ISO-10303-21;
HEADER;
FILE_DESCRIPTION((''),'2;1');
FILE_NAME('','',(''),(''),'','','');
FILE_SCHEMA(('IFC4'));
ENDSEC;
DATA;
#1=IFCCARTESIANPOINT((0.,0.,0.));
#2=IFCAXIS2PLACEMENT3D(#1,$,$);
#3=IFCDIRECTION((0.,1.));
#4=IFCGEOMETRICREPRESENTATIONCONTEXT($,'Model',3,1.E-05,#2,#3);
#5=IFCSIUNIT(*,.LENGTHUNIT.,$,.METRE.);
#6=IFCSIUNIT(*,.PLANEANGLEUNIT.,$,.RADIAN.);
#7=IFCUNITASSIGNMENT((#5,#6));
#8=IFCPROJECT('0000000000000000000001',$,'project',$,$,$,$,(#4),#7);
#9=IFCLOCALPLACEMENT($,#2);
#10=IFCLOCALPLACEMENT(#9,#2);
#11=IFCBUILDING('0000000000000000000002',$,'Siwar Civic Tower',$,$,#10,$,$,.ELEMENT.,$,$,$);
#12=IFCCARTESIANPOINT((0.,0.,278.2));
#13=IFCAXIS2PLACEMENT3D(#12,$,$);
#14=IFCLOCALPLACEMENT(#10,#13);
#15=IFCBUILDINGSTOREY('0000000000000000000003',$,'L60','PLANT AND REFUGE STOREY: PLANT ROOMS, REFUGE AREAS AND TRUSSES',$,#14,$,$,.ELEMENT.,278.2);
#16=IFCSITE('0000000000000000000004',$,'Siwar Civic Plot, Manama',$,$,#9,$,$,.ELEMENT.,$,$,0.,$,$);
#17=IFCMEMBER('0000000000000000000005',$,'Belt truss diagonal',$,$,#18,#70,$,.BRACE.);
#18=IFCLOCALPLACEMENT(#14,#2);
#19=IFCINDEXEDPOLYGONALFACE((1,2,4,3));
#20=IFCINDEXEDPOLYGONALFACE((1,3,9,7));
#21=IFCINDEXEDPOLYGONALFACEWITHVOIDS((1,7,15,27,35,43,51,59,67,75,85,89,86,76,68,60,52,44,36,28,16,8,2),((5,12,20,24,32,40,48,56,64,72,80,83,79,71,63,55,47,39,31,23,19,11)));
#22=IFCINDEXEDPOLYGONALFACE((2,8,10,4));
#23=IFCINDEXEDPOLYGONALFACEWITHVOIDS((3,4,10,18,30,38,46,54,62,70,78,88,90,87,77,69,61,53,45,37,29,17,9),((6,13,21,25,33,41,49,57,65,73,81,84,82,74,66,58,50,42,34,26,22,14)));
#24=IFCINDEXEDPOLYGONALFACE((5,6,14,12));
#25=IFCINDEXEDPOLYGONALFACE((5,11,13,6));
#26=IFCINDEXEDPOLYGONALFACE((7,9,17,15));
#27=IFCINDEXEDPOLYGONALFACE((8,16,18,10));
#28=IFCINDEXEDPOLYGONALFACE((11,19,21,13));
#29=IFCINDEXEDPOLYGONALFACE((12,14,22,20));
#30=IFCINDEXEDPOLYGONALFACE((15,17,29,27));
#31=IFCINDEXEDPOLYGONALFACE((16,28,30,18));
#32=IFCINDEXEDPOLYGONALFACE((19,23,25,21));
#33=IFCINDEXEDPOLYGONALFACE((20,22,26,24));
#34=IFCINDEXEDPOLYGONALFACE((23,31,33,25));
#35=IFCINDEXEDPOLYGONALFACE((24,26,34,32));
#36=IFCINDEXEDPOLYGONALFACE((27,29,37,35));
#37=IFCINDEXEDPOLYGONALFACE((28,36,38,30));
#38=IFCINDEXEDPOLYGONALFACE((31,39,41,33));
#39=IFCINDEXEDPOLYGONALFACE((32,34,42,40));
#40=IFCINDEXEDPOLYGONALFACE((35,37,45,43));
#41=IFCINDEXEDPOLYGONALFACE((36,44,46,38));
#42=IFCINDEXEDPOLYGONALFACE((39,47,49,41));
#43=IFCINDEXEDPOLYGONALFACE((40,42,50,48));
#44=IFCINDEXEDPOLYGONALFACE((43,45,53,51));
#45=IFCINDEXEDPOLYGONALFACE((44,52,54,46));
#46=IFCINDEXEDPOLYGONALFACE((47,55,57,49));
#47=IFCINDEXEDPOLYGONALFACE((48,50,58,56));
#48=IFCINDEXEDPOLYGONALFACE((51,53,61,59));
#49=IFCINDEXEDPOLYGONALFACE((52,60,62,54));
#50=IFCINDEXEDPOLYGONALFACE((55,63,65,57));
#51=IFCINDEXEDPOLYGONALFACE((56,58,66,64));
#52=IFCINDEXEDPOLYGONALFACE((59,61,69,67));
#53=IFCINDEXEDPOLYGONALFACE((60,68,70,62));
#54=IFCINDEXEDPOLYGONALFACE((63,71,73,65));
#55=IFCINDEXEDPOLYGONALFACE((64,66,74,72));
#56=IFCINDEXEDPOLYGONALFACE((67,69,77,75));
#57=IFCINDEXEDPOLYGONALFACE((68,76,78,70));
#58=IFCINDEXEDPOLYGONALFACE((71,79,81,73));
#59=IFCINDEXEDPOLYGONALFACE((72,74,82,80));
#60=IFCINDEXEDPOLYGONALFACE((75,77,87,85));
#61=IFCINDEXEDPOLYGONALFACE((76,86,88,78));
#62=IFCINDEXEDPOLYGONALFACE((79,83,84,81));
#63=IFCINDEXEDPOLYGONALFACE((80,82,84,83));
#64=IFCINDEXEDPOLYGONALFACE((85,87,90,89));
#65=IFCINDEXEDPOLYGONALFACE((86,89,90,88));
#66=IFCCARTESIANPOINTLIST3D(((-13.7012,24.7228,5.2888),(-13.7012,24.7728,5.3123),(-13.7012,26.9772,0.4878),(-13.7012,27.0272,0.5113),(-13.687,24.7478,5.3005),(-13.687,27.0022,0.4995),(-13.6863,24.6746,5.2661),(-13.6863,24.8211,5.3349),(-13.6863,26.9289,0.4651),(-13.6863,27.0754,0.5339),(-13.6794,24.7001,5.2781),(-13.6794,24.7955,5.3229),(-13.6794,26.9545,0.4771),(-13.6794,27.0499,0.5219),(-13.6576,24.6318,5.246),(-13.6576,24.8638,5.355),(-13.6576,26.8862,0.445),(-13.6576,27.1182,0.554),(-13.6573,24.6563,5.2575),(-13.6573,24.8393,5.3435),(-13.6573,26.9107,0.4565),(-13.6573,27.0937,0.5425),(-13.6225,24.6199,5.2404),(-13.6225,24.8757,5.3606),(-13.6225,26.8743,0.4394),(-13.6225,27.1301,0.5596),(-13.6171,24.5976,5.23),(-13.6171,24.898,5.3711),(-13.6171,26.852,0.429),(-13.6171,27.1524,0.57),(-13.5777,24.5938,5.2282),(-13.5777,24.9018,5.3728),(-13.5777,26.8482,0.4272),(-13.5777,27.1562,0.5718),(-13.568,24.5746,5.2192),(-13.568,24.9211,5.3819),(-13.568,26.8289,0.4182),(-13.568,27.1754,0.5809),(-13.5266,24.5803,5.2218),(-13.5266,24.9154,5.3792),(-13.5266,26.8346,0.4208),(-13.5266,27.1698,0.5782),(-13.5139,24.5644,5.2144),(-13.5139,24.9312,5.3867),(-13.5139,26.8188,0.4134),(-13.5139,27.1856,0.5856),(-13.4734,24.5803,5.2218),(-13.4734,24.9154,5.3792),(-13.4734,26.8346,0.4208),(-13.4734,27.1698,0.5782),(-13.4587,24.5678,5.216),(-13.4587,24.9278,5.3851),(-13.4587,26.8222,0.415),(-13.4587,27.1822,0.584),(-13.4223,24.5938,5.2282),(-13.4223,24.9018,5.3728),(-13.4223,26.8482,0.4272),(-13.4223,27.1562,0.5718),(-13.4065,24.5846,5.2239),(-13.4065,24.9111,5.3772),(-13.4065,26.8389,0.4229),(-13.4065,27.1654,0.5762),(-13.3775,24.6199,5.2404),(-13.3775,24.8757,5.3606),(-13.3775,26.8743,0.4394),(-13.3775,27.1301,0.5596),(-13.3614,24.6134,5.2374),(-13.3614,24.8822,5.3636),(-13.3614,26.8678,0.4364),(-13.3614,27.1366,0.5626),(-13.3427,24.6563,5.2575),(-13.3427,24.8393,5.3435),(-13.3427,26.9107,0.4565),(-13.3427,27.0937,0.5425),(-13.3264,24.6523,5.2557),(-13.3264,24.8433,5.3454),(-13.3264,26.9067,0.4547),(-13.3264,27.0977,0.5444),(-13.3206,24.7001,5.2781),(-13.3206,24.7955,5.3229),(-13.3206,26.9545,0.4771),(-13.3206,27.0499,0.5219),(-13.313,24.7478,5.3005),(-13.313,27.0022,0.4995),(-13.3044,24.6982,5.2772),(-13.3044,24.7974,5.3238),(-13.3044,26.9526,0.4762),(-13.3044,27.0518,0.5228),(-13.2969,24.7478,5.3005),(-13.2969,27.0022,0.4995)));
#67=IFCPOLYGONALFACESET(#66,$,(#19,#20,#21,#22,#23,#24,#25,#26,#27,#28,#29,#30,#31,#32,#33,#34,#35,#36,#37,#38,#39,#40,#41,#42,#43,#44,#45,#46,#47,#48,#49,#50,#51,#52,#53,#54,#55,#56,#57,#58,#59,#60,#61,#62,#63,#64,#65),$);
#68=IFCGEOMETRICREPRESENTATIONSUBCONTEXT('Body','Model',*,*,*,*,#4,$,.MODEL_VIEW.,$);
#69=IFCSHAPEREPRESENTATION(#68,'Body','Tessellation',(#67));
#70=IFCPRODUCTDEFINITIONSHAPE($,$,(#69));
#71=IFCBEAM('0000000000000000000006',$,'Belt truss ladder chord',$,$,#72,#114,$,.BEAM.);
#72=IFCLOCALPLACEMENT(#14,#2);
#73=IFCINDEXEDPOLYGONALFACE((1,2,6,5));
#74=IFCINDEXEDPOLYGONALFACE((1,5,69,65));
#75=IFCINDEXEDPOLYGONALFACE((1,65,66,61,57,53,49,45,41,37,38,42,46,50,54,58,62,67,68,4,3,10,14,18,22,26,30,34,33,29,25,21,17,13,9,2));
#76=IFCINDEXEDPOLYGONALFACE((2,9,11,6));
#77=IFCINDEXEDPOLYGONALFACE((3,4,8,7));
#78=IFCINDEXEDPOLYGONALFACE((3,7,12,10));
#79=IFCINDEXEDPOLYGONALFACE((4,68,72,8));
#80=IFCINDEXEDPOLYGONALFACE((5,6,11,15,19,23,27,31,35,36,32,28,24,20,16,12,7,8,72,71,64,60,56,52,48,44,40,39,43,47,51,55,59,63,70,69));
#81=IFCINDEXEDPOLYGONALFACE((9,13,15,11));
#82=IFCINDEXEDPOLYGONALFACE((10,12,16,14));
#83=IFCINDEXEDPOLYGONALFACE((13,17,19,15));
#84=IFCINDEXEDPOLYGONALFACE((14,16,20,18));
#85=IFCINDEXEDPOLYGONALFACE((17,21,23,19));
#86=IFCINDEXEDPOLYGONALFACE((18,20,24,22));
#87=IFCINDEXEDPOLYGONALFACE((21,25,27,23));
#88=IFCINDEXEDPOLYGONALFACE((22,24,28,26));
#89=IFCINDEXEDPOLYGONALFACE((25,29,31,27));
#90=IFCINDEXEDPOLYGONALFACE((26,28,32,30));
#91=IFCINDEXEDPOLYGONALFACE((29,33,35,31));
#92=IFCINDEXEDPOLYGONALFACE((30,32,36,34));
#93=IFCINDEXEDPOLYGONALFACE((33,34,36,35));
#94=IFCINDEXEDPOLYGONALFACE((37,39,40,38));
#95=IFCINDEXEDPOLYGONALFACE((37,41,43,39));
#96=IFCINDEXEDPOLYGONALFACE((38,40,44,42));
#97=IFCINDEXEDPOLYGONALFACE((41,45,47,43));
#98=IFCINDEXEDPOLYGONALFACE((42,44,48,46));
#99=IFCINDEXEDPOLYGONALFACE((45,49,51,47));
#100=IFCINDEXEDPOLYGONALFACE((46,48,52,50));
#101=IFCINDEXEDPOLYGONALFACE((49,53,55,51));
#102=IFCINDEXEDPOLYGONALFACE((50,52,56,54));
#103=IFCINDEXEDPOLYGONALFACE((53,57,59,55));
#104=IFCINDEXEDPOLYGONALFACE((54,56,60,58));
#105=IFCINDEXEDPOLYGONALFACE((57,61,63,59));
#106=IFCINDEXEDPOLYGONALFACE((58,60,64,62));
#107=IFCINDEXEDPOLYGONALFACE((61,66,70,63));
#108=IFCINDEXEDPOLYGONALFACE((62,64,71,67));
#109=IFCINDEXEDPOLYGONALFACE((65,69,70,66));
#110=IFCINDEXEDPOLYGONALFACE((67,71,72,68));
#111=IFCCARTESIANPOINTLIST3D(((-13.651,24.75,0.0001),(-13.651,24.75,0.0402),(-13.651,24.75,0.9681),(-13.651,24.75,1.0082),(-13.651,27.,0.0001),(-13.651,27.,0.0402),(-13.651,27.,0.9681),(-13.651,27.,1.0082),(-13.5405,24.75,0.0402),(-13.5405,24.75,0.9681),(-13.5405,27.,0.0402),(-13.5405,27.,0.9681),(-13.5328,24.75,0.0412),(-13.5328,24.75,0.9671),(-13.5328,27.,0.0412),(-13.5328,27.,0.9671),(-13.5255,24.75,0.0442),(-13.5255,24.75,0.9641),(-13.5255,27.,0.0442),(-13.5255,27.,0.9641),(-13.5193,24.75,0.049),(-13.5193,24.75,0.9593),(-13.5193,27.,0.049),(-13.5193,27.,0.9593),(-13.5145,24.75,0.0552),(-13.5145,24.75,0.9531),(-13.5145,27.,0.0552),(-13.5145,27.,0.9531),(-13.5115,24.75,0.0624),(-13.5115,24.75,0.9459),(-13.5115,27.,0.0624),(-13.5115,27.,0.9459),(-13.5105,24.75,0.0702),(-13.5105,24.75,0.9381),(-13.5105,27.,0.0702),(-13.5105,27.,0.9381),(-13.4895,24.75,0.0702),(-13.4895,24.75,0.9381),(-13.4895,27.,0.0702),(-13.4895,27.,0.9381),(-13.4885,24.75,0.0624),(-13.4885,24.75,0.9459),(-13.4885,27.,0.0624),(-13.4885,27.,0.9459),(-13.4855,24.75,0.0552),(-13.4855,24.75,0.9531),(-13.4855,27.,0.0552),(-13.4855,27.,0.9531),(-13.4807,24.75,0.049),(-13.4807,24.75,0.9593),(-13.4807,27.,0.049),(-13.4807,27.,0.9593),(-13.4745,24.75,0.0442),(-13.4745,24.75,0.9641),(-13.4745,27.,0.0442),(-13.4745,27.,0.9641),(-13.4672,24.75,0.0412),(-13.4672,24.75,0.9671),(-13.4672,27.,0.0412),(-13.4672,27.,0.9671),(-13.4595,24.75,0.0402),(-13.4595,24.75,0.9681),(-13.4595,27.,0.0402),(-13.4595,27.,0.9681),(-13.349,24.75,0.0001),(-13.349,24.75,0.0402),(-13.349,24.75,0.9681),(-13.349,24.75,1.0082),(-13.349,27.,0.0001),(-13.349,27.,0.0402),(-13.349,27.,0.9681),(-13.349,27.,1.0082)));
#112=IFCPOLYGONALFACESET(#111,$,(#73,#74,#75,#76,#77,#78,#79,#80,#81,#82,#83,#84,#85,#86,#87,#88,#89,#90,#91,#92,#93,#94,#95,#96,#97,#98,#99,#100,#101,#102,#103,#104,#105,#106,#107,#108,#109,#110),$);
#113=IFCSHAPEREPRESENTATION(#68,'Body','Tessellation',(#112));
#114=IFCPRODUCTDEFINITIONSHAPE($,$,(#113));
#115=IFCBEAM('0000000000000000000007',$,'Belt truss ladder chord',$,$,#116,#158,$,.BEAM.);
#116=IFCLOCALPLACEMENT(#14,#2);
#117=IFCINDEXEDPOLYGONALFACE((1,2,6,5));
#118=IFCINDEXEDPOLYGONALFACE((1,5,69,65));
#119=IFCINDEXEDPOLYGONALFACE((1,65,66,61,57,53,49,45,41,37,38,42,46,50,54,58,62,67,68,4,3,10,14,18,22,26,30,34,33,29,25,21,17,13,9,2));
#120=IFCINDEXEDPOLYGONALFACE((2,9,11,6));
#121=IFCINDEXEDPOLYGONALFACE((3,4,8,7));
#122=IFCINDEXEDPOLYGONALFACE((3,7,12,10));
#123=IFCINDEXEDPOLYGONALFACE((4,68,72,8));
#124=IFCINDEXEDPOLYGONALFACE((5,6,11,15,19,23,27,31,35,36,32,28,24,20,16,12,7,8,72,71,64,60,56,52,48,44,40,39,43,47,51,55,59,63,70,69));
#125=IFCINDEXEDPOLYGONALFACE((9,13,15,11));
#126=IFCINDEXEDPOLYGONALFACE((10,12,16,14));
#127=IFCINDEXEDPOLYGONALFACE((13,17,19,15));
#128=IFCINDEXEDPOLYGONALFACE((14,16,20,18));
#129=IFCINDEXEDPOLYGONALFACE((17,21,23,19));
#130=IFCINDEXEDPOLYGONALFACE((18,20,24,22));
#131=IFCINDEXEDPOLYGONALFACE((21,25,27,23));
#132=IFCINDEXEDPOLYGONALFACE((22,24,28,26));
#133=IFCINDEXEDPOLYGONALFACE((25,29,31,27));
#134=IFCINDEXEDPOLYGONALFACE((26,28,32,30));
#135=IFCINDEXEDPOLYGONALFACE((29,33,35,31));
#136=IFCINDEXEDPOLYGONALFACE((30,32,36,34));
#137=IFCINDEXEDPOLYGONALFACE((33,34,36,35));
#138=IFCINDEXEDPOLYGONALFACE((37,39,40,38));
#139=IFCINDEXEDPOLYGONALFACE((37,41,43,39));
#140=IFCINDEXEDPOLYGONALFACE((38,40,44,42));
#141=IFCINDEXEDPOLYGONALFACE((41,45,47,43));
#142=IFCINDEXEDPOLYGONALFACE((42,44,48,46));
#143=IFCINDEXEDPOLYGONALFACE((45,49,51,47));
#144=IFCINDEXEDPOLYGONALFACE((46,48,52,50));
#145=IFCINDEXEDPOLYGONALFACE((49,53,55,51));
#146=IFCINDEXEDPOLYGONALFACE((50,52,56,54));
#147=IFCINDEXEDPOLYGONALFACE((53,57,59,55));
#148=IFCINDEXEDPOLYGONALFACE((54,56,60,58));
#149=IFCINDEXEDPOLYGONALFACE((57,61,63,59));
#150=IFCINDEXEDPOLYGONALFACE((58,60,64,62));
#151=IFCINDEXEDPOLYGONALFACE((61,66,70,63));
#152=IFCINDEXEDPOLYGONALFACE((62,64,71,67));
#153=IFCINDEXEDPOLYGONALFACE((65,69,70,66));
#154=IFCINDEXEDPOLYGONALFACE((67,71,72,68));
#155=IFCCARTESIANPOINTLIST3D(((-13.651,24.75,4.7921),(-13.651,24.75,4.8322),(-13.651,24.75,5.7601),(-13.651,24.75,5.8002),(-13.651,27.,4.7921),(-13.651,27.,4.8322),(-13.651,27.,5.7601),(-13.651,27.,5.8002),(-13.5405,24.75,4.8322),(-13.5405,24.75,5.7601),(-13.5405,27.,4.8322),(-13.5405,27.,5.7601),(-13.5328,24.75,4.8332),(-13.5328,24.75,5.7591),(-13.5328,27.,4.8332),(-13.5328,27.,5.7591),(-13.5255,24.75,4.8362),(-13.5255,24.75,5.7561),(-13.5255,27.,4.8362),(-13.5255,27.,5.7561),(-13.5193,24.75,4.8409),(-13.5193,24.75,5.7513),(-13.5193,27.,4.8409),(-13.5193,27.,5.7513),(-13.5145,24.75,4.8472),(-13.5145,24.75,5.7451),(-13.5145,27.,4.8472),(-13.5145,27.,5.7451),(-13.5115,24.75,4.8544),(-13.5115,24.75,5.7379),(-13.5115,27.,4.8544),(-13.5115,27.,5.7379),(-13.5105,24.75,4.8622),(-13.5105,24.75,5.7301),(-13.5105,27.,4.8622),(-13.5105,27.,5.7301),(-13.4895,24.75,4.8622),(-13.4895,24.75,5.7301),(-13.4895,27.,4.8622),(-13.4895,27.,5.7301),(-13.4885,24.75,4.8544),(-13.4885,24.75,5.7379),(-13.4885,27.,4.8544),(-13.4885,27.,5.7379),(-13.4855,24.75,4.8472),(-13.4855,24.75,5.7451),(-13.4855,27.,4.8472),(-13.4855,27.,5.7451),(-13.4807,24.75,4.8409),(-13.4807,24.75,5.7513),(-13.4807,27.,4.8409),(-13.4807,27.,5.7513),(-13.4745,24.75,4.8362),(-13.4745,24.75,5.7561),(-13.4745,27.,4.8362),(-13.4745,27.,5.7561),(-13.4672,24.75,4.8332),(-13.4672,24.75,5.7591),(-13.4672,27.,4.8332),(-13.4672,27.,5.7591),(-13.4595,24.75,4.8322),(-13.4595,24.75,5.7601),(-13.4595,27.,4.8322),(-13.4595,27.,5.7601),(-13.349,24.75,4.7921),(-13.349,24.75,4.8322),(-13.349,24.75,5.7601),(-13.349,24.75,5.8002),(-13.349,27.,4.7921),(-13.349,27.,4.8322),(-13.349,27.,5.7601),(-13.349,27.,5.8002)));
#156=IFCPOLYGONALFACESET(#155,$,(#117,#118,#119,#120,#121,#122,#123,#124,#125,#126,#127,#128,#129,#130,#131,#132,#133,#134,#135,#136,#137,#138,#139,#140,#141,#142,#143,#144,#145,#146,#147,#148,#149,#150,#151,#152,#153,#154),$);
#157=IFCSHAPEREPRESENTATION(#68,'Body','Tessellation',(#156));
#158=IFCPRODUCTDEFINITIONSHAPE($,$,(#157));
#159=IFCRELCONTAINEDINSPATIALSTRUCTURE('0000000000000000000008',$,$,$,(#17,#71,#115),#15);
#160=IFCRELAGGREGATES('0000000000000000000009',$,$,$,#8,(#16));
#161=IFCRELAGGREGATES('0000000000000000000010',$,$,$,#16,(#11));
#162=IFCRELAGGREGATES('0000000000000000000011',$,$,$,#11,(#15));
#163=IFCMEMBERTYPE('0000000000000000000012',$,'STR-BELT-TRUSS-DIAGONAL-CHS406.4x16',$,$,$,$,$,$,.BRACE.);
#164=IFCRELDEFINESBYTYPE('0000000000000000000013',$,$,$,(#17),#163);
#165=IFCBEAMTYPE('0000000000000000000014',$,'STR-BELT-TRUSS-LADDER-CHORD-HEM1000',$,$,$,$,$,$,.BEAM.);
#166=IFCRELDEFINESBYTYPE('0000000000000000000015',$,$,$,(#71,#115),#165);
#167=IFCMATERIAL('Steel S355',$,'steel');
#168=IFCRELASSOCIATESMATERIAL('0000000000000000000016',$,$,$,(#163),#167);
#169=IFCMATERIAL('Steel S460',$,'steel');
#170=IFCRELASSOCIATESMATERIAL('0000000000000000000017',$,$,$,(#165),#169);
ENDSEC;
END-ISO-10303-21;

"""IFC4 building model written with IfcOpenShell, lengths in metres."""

from ifc_helpers import new_model, si_unit, direction, frame, origin, origin_2d, place, context, subcontext, project, spatial, hollow_circle, i_section, extrude, material, material_profile, profile_set, type_object, element, save


model = new_model("IFC4")

# Units and contexts
model_context = context("Model", 3, precision=1e-05, world=origin(), true_north=direction((0.0, 1.0)))
body_context = subcontext(model_context, "Body", "Model", "MODEL_VIEW")
ifc_project = project(units=[si_unit("LENGTHUNIT", "METRE"), si_unit("PLANEANGLEUNIT", "RADIAN")], contexts=[model_context])

# Site, building, storey
site_placement = place(None, origin())
site = spatial("IfcSite", under=ifc_project, at=site_placement, Name="Siwar Civic Plot, Manama", CompositionType="ELEMENT", RefElevation=0.0)
building_placement = place(site_placement, origin())
building = spatial("IfcBuilding", under=site, at=building_placement, Name="Siwar Civic Tower", CompositionType="ELEMENT")
storey_placement = place(building_placement, frame((0.0, 0.0, 278.2)))
storey = spatial("IfcBuildingStorey", under=building, at=storey_placement, Name="L60", Description="PLANT AND REFUGE STOREY: PLANT ROOMS, REFUGE AREAS AND TRUSSES", CompositionType="ELEMENT", Elevation=278.2)

# Member
ifc_material_1 = material(Name="Steel S355", Category="steel")
ifc_material_profile_1 = material_profile(ifc_material_1, hollow_circle(Radius=0.2031, WallThickness=0.0161, at=origin_2d()), Name="CHS406.4x16")
ifc_profile_set_1 = profile_set([ifc_material_profile_1], Name="Steel S355")
member_type_1 = type_object("IfcMemberType", Name="STR-BELT-TRUSS-DIAGONAL-CHS406.4x16", PredefinedType="BRACE", material=ifc_profile_set_1)
member_1_placement = place(storey_placement, frame((-13.5, 27.0022, 0.4995), z_axis=(0.0, -0.425039, 0.905175), x_axis=(1.0, 0.0, 0.0)))
element("IfcMember", 1, at=member_1_placement, inside=storey, type_object=member_type_1, Name="Belt truss diagonal", PredefinedType="BRACE", context=body_context, shape_type="SweptSolid", body=[
    extrude(hollow_circle(Radius=0.2031, WallThickness=0.0161, at=origin_2d()), origin(), (0.0, 0.0, 1.0), 5.304),
])

# Beams
ifc_material_2 = material(Name="Steel S460", Category="steel")
ifc_material_profile_2 = material_profile(ifc_material_2, i_section(OverallWidth=0.302, OverallDepth=1.0081, WebThickness=0.021, FlangeThickness=0.04, FilletRadius=0.03, at=origin_2d()), Name="HEM1000")
ifc_profile_set_2 = profile_set([ifc_material_profile_2], Name="Steel S460")
beam_type_1 = type_object("IfcBeamType", Name="STR-BELT-TRUSS-LADDER-CHORD-HEM1000", PredefinedType="BEAM", material=ifc_profile_set_2)
for number, where, z_axis, x_axis, name in (
    (2, (-13.5, 24.75, 0.5042), (0.0, 1.0, 0.0), (-1.0, 0.0, 0.0), "Belt truss ladder chord"),
    (3, (-13.5, 24.75, 5.2961), (0.0, 1.0, 0.0), (-1.0, 0.0, 0.0), "Belt truss ladder chord"),
):
    element("IfcBeam", number, at=place(storey_placement, frame(where, z_axis=z_axis, x_axis=x_axis)), inside=storey, type_object=beam_type_1, Name=name, PredefinedType="BEAM", context=body_context, shape_type="SweptSolid", body=[
        extrude(i_section(OverallWidth=0.302, OverallDepth=1.0081, WebThickness=0.021, FlangeThickness=0.04, FilletRadius=0.03, at=origin_2d()), origin(), (0.0, 0.0, 1.0), 2.25),
    ])

save(model, "model.ifc")
